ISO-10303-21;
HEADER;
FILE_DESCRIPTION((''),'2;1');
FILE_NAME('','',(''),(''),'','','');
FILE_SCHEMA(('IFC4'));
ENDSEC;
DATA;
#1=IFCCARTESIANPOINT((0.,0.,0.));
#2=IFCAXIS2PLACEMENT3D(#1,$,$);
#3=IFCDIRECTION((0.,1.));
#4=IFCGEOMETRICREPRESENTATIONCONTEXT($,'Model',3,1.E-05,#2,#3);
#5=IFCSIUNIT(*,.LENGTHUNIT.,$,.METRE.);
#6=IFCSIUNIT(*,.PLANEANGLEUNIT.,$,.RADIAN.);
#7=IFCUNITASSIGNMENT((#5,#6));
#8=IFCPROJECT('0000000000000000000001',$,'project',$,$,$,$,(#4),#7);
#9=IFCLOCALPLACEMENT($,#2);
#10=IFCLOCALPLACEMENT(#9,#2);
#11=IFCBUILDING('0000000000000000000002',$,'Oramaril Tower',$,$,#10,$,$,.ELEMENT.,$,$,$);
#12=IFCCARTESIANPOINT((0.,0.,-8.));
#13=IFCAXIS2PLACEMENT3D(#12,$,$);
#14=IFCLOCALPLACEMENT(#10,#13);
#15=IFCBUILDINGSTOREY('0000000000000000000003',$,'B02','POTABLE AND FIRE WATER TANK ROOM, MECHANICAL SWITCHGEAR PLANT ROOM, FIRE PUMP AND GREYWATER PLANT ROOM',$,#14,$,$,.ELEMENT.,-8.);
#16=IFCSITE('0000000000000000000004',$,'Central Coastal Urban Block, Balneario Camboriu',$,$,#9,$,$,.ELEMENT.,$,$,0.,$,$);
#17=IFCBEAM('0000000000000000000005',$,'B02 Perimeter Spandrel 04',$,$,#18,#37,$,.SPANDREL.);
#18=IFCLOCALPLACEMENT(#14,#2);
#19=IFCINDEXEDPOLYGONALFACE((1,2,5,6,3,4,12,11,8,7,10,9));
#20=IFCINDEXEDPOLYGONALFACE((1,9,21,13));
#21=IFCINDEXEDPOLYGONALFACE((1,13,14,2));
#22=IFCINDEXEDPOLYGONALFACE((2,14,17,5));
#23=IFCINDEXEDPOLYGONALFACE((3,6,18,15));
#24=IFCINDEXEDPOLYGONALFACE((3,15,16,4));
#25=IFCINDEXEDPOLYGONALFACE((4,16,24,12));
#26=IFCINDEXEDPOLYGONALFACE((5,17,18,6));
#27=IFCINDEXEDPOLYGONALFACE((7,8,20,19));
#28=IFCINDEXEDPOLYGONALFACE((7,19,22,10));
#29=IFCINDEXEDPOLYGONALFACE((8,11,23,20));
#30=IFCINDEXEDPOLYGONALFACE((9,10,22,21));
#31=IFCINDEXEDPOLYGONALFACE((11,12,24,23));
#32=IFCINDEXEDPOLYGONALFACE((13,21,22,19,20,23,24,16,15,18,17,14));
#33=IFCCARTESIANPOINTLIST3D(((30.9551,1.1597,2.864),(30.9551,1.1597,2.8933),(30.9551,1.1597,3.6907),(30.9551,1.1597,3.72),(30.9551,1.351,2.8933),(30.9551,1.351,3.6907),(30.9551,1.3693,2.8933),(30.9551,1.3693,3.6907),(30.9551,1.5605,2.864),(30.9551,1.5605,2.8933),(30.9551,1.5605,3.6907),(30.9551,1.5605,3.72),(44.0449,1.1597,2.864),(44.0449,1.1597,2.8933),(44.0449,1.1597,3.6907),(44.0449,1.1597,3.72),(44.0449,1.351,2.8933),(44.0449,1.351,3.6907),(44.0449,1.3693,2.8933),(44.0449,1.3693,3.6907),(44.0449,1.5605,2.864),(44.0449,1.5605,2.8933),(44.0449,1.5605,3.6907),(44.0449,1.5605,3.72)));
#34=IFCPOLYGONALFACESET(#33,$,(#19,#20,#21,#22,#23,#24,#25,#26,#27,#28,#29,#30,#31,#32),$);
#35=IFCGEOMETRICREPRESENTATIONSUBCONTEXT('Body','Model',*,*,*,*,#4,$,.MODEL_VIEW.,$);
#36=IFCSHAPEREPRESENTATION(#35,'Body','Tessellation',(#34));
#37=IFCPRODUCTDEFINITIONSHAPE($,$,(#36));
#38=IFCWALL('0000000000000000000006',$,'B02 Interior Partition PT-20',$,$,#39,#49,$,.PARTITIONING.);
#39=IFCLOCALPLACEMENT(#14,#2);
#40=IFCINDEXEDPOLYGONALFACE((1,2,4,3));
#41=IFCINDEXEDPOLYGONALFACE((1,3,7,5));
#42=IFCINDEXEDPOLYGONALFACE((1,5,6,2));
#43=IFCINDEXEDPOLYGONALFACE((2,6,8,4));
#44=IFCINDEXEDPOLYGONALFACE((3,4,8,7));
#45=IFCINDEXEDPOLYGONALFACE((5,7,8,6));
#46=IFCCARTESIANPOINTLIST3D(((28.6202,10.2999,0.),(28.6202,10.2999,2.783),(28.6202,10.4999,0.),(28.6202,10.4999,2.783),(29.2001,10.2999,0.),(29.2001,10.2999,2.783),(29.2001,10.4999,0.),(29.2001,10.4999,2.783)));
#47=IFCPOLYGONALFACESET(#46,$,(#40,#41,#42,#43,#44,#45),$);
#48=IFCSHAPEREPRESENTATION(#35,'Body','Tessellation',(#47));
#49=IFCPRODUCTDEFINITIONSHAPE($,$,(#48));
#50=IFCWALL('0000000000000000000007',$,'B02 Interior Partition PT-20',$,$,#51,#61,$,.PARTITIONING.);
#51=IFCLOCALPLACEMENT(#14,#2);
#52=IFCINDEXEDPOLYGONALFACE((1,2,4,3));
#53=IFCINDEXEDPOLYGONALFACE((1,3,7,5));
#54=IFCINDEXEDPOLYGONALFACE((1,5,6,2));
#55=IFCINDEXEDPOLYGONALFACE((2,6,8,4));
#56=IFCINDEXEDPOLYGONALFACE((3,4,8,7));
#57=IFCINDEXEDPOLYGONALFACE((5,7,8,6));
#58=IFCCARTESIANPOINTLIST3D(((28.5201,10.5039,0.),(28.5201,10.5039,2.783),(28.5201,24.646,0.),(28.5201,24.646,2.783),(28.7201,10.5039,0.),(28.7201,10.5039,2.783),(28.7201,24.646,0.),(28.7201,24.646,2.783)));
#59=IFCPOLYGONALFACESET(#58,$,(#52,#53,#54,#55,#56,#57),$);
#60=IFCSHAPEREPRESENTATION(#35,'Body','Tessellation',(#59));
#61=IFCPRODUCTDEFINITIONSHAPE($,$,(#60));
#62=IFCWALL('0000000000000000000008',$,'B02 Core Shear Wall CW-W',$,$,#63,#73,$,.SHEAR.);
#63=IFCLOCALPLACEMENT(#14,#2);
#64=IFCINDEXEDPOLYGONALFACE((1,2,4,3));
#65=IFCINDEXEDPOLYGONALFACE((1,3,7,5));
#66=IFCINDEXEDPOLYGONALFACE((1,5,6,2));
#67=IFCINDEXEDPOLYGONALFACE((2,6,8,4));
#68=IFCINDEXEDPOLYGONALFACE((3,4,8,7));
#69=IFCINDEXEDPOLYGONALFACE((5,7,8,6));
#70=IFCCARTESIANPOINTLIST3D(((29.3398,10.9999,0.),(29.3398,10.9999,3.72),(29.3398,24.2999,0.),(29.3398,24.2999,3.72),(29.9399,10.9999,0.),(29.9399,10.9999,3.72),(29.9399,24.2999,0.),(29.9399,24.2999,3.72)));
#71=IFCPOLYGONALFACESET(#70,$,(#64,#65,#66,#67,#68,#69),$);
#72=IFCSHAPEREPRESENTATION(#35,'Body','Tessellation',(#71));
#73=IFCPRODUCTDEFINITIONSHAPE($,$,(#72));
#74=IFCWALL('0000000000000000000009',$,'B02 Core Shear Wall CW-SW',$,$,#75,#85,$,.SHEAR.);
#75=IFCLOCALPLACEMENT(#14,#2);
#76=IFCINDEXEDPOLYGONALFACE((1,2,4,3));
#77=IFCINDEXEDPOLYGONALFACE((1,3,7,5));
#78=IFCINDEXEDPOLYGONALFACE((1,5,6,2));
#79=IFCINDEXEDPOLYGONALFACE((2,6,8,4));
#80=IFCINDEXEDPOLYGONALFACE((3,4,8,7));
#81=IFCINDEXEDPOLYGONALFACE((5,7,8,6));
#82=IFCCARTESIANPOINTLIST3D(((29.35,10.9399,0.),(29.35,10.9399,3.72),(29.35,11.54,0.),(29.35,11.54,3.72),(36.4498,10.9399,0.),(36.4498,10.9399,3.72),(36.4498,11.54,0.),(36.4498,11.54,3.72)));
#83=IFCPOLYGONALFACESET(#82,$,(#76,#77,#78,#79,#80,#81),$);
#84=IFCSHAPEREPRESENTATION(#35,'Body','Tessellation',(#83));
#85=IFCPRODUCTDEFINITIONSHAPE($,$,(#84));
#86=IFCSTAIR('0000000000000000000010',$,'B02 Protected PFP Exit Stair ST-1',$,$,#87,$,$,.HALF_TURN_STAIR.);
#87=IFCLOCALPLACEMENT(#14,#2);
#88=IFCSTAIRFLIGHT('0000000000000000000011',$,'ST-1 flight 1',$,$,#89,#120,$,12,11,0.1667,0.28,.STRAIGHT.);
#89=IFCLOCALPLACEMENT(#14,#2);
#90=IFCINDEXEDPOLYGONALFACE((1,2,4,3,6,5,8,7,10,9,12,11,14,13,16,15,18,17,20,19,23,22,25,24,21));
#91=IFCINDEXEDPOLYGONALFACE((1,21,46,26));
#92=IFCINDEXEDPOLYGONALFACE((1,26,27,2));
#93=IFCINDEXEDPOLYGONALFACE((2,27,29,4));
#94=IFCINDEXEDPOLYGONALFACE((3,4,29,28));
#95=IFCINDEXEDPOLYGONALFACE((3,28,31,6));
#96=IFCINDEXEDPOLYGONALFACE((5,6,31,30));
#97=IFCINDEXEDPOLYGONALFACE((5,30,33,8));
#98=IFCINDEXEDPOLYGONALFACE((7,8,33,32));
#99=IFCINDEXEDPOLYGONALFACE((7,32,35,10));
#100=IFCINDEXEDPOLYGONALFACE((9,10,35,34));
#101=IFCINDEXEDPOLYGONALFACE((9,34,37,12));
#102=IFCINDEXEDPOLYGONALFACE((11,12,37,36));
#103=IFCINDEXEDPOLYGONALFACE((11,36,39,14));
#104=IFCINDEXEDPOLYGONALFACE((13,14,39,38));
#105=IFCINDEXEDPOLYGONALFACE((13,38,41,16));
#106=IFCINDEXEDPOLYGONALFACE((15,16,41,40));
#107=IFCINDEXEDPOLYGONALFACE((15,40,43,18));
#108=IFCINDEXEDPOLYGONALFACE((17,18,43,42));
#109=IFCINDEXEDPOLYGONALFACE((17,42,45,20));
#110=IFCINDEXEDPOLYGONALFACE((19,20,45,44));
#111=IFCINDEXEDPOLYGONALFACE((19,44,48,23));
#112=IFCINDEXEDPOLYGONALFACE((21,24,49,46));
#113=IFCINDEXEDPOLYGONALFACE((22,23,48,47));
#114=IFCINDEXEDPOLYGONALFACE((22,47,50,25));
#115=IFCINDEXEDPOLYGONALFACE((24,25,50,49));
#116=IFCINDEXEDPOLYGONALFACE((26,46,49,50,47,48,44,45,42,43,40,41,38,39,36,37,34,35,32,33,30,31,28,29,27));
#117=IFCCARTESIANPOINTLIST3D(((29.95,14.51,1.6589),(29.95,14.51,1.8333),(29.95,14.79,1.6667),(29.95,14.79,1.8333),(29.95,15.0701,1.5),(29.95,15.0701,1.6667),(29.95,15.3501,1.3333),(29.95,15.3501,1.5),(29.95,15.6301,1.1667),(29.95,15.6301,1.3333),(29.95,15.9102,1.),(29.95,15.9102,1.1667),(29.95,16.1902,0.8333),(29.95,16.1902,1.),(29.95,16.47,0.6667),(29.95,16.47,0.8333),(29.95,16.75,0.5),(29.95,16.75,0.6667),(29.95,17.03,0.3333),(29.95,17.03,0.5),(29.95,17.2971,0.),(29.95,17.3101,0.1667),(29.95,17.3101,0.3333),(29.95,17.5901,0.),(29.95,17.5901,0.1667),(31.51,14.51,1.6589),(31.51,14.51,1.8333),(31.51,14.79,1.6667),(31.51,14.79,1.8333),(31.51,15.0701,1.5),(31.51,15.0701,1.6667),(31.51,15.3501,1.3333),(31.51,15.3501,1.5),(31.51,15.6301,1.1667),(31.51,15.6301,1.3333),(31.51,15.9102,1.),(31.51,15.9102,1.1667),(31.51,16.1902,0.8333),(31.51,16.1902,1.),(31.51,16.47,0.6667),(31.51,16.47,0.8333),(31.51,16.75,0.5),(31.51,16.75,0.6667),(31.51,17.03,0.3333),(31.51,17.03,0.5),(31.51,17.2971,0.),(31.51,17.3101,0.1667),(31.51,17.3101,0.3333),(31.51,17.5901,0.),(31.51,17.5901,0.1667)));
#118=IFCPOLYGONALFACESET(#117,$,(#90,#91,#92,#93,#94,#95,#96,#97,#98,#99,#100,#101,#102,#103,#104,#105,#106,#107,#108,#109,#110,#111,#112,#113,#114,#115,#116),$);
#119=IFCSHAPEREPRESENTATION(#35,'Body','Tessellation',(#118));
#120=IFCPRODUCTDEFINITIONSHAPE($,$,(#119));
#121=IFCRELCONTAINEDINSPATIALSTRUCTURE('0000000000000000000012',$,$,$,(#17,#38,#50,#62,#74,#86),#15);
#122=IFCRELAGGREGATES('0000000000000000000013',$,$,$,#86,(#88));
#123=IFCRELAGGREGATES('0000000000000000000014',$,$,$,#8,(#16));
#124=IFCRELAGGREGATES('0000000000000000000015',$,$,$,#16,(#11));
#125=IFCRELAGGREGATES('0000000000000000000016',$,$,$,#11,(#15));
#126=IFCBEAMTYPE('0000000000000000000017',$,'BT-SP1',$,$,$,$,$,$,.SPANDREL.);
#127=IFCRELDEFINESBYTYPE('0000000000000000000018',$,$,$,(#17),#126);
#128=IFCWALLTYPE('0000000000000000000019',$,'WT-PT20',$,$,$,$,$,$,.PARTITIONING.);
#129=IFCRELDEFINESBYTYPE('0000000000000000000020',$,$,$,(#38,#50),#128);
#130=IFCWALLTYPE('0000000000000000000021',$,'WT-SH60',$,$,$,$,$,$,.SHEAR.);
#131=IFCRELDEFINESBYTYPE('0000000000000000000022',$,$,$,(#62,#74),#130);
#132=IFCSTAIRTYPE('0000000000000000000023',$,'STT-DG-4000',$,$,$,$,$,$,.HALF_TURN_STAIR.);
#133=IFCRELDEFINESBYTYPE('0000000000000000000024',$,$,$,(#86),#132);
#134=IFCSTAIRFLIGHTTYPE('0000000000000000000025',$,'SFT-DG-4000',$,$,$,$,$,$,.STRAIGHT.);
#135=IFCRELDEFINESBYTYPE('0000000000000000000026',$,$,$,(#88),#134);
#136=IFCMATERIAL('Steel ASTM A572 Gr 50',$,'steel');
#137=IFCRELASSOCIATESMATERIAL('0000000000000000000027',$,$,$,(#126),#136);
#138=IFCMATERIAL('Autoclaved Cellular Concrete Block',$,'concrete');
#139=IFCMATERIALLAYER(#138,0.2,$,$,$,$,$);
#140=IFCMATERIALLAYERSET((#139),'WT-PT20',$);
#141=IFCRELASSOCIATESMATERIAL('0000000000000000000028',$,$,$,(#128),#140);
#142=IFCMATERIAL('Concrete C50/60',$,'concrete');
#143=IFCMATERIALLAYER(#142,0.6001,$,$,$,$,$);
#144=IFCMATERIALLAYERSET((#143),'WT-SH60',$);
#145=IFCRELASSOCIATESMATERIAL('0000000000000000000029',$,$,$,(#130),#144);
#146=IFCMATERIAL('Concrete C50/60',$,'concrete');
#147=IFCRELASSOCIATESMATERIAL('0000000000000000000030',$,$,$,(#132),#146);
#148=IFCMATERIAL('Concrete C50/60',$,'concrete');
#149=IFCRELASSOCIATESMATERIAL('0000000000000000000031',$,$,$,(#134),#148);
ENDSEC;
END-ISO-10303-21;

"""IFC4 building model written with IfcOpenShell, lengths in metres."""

from ifc_helpers import new_model, si_unit, direction, frame, frame_2d, origin, origin_2d, place, context, subcontext, project, spatial, polyline, rectangle, i_section, outline, extrude, material, layer, layer_set, material_profile, profile_set, type_object, element, aggregate, save


model = new_model("IFC4")

# Units and contexts
model_context = context("Model", 3, precision=1e-05, world=origin(), true_north=direction((0.0, 1.0)))
body_context = subcontext(model_context, "Body", "Model", "MODEL_VIEW")
ifc_project = project(units=[si_unit("LENGTHUNIT", "METRE"), si_unit("PLANEANGLEUNIT", "RADIAN")], contexts=[model_context])

# Site, building, storey
site_placement = place(None, origin())
site = spatial("IfcSite", under=ifc_project, at=site_placement, Name="Central Coastal Urban Block, Balneario Camboriu", CompositionType="ELEMENT", RefElevation=0.0)
building_placement = place(site_placement, origin())
building = spatial("IfcBuilding", under=site, at=building_placement, Name="Oramaril Tower", CompositionType="ELEMENT")
storey_placement = place(building_placement, frame((0.0, 0.0, -8.0)))
storey = spatial("IfcBuildingStorey", under=building, at=storey_placement, Name="B02", Description="POTABLE AND FIRE WATER TANK ROOM, MECHANICAL SWITCHGEAR PLANT ROOM, FIRE PUMP AND GREYWATER PLANT ROOM", CompositionType="ELEMENT", Elevation=-8.0)

# Beam
ifc_material_1 = material(Name="Steel ASTM A572 Gr 50", Category="steel")
ifc_material_profile_1 = material_profile(ifc_material_1, i_section(OverallWidth=0.4009, OverallDepth=0.856, WebThickness=0.0183, FlangeThickness=0.0293, at=origin_2d()), Name="W33X201")
ifc_profile_set_1 = profile_set([ifc_material_profile_1], Name="Steel ASTM A572 Gr 50")
beam_type_1 = type_object("IfcBeamType", Name="BT-SP1", PredefinedType="SPANDREL", material=ifc_profile_set_1)
beam_1_placement = place(storey_placement, frame((30.9551, 1.3601, 3.292), z_axis=(1.0, 0.0, 0.0), x_axis=(0.0, 1.0, 0.0)))
element("IfcBeam", 1, at=beam_1_placement, inside=storey, type_object=beam_type_1, Name="B02 Perimeter Spandrel 04", PredefinedType="SPANDREL", context=body_context, shape_type="SweptSolid", body=[
    extrude(i_section(OverallWidth=0.4009, OverallDepth=0.856, WebThickness=0.0183, FlangeThickness=0.0293, at=origin_2d()), origin(), (0.0, 0.0, 1.0), 13.0898),
])

# Wall
ifc_material_2 = material(Name="Autoclaved Cellular Concrete Block", Category="concrete")
ifc_layer_1 = layer(ifc_material_2, 0.2)
ifc_layer_set_1 = layer_set([ifc_layer_1], Name="WT-PT20")
wall_type_1 = type_object("IfcWallType", Name="WT-PT20", PredefinedType="PARTITIONING", material=ifc_layer_set_1)
wall_1_placement = place(storey_placement, frame((28.6201, 10.3999, 0.0), z_axis=(0.0, 0.0, 1.0), x_axis=(1.0, 0.0, 0.0)))
element("IfcWall", 2, at=wall_1_placement, inside=storey, type_object=wall_type_1, Name="B02 Interior Partition PT-20", PredefinedType="PARTITIONING", context=body_context, shape_type="SweptSolid", body=[
    extrude(rectangle(XDim=0.5798, YDim=0.2, at=frame_2d((0.29, 0.0))), origin(), (0.0, 0.0, 1.0), 2.783),
])

# Walls
wall_2_placement = place(storey_placement, frame((28.6201, 10.5039, 0.0), z_axis=(0.0, 0.0, 1.0), x_axis=(0.0, 1.0, 0.0)))
element("IfcWall", 3, at=wall_2_placement, inside=storey, type_object=wall_type_1, Name="B02 Interior Partition PT-20", PredefinedType="PARTITIONING", context=body_context, shape_type="SweptSolid", body=[
    extrude(rectangle(XDim=14.1421, YDim=0.2, at=frame_2d((7.071, 0.0))), origin(), (0.0, 0.0, 1.0), 2.783),
])
ifc_material_3 = material(Name="Concrete C50/60", Category="concrete")
ifc_layer_2 = layer(ifc_material_3, 0.6001)
ifc_layer_set_2 = layer_set([ifc_layer_2], Name="WT-SH60")
wall_type_2 = type_object("IfcWallType", Name="WT-SH60", PredefinedType="SHEAR", material=ifc_layer_set_2)
wall_3_placement = place(storey_placement, frame((29.6399, 11.0, 0.0), z_axis=(0.0, 0.0, 1.0), x_axis=(0.0, 1.0, 0.0)))
element("IfcWall", 4, at=wall_3_placement, inside=storey, type_object=wall_type_2, Name="B02 Core Shear Wall CW-W", PredefinedType="SHEAR", context=body_context, shape_type="SweptSolid", body=[
    extrude(rectangle(XDim=13.3, YDim=0.6001, at=frame_2d((6.6499, 0.0))), origin(), (0.0, 0.0, 1.0), 3.72),
])
wall_4_placement = place(storey_placement, frame((29.3501, 11.24, 0.0), z_axis=(0.0, 0.0, 1.0), x_axis=(1.0, 0.0, 0.0)))
element("IfcWall", 5, at=wall_4_placement, inside=storey, type_object=wall_type_2, Name="B02 Core Shear Wall CW-SW", PredefinedType="SHEAR", context=body_context, shape_type="SweptSolid", body=[
    extrude(rectangle(XDim=7.0999, YDim=0.6001, at=frame_2d((3.5498, 0.0))), origin(), (0.0, 0.0, 1.0), 3.72),
])

# Stair, stair flight
ifc_material_4 = material(Name="Concrete C50/60", Category="concrete")
stair_type = type_object("IfcStairType", Name="STT-DG-4000", PredefinedType="HALF_TURN_STAIR", material=ifc_material_4)
stair_placement = place(storey_placement, origin())
stair = element("IfcStair", 6, at=stair_placement, inside=storey, type_object=stair_type, Name="B02 Protected PFP Exit Stair ST-1", PredefinedType="HALF_TURN_STAIR")
ifc_material_5 = material(Name="Concrete C50/60", Category="concrete")
stair_flight_type = type_object("IfcStairFlightType", Name="SFT-DG-4000", PredefinedType="STRAIGHT", material=ifc_material_5)
stair_flight_placement = place(storey_placement, frame((30.73, 17.5901, 0.0), z_axis=(0.0, 0.0, 1.0), x_axis=(0.0, -1.0, 0.0)))
stair_flight = element("IfcStairFlight", 7, at=stair_flight_placement, type_object=stair_flight_type, Name="ST-1 flight 1", NumberOfRisers=12, NumberOfTreads=11, PredefinedType="STRAIGHT", RiserHeight=0.1667, TreadLength=0.28, context=body_context, shape_type="SweptSolid", body=[
    extrude(outline(polyline([(0.0, 0.0), (0.0, 0.1667), (0.28, 0.1667), (0.28, 0.3333), (0.5601, 0.3333), (0.5601, 0.5), (0.8401, 0.5), (0.8401, 0.6667), (1.1201, 0.6667), (1.1201, 0.8333), (1.3999, 0.8333), (1.3999, 1.0), (1.6799, 1.0), (1.6799, 1.1667), (1.96, 1.1667), (1.96, 1.3333), (2.24, 1.3333), (2.24, 1.5), (2.52, 1.5), (2.52, 1.6667), (2.8, 1.6667), (2.8, 1.8333), (3.0801, 1.8333), (3.0801, 2.0), (3.0801, 1.6589), (0.293, 0.0), (0.0, 0.0)])), frame((0.0, 0.78, 0.0), z_axis=(0.0, -1.0, 0.0), x_axis=(1.0, 0.0, 0.0)), (0.0, 0.0, 1.0), 1.5601),
])
aggregate(stair, [stair_flight])

save(model, "model.ifc")
